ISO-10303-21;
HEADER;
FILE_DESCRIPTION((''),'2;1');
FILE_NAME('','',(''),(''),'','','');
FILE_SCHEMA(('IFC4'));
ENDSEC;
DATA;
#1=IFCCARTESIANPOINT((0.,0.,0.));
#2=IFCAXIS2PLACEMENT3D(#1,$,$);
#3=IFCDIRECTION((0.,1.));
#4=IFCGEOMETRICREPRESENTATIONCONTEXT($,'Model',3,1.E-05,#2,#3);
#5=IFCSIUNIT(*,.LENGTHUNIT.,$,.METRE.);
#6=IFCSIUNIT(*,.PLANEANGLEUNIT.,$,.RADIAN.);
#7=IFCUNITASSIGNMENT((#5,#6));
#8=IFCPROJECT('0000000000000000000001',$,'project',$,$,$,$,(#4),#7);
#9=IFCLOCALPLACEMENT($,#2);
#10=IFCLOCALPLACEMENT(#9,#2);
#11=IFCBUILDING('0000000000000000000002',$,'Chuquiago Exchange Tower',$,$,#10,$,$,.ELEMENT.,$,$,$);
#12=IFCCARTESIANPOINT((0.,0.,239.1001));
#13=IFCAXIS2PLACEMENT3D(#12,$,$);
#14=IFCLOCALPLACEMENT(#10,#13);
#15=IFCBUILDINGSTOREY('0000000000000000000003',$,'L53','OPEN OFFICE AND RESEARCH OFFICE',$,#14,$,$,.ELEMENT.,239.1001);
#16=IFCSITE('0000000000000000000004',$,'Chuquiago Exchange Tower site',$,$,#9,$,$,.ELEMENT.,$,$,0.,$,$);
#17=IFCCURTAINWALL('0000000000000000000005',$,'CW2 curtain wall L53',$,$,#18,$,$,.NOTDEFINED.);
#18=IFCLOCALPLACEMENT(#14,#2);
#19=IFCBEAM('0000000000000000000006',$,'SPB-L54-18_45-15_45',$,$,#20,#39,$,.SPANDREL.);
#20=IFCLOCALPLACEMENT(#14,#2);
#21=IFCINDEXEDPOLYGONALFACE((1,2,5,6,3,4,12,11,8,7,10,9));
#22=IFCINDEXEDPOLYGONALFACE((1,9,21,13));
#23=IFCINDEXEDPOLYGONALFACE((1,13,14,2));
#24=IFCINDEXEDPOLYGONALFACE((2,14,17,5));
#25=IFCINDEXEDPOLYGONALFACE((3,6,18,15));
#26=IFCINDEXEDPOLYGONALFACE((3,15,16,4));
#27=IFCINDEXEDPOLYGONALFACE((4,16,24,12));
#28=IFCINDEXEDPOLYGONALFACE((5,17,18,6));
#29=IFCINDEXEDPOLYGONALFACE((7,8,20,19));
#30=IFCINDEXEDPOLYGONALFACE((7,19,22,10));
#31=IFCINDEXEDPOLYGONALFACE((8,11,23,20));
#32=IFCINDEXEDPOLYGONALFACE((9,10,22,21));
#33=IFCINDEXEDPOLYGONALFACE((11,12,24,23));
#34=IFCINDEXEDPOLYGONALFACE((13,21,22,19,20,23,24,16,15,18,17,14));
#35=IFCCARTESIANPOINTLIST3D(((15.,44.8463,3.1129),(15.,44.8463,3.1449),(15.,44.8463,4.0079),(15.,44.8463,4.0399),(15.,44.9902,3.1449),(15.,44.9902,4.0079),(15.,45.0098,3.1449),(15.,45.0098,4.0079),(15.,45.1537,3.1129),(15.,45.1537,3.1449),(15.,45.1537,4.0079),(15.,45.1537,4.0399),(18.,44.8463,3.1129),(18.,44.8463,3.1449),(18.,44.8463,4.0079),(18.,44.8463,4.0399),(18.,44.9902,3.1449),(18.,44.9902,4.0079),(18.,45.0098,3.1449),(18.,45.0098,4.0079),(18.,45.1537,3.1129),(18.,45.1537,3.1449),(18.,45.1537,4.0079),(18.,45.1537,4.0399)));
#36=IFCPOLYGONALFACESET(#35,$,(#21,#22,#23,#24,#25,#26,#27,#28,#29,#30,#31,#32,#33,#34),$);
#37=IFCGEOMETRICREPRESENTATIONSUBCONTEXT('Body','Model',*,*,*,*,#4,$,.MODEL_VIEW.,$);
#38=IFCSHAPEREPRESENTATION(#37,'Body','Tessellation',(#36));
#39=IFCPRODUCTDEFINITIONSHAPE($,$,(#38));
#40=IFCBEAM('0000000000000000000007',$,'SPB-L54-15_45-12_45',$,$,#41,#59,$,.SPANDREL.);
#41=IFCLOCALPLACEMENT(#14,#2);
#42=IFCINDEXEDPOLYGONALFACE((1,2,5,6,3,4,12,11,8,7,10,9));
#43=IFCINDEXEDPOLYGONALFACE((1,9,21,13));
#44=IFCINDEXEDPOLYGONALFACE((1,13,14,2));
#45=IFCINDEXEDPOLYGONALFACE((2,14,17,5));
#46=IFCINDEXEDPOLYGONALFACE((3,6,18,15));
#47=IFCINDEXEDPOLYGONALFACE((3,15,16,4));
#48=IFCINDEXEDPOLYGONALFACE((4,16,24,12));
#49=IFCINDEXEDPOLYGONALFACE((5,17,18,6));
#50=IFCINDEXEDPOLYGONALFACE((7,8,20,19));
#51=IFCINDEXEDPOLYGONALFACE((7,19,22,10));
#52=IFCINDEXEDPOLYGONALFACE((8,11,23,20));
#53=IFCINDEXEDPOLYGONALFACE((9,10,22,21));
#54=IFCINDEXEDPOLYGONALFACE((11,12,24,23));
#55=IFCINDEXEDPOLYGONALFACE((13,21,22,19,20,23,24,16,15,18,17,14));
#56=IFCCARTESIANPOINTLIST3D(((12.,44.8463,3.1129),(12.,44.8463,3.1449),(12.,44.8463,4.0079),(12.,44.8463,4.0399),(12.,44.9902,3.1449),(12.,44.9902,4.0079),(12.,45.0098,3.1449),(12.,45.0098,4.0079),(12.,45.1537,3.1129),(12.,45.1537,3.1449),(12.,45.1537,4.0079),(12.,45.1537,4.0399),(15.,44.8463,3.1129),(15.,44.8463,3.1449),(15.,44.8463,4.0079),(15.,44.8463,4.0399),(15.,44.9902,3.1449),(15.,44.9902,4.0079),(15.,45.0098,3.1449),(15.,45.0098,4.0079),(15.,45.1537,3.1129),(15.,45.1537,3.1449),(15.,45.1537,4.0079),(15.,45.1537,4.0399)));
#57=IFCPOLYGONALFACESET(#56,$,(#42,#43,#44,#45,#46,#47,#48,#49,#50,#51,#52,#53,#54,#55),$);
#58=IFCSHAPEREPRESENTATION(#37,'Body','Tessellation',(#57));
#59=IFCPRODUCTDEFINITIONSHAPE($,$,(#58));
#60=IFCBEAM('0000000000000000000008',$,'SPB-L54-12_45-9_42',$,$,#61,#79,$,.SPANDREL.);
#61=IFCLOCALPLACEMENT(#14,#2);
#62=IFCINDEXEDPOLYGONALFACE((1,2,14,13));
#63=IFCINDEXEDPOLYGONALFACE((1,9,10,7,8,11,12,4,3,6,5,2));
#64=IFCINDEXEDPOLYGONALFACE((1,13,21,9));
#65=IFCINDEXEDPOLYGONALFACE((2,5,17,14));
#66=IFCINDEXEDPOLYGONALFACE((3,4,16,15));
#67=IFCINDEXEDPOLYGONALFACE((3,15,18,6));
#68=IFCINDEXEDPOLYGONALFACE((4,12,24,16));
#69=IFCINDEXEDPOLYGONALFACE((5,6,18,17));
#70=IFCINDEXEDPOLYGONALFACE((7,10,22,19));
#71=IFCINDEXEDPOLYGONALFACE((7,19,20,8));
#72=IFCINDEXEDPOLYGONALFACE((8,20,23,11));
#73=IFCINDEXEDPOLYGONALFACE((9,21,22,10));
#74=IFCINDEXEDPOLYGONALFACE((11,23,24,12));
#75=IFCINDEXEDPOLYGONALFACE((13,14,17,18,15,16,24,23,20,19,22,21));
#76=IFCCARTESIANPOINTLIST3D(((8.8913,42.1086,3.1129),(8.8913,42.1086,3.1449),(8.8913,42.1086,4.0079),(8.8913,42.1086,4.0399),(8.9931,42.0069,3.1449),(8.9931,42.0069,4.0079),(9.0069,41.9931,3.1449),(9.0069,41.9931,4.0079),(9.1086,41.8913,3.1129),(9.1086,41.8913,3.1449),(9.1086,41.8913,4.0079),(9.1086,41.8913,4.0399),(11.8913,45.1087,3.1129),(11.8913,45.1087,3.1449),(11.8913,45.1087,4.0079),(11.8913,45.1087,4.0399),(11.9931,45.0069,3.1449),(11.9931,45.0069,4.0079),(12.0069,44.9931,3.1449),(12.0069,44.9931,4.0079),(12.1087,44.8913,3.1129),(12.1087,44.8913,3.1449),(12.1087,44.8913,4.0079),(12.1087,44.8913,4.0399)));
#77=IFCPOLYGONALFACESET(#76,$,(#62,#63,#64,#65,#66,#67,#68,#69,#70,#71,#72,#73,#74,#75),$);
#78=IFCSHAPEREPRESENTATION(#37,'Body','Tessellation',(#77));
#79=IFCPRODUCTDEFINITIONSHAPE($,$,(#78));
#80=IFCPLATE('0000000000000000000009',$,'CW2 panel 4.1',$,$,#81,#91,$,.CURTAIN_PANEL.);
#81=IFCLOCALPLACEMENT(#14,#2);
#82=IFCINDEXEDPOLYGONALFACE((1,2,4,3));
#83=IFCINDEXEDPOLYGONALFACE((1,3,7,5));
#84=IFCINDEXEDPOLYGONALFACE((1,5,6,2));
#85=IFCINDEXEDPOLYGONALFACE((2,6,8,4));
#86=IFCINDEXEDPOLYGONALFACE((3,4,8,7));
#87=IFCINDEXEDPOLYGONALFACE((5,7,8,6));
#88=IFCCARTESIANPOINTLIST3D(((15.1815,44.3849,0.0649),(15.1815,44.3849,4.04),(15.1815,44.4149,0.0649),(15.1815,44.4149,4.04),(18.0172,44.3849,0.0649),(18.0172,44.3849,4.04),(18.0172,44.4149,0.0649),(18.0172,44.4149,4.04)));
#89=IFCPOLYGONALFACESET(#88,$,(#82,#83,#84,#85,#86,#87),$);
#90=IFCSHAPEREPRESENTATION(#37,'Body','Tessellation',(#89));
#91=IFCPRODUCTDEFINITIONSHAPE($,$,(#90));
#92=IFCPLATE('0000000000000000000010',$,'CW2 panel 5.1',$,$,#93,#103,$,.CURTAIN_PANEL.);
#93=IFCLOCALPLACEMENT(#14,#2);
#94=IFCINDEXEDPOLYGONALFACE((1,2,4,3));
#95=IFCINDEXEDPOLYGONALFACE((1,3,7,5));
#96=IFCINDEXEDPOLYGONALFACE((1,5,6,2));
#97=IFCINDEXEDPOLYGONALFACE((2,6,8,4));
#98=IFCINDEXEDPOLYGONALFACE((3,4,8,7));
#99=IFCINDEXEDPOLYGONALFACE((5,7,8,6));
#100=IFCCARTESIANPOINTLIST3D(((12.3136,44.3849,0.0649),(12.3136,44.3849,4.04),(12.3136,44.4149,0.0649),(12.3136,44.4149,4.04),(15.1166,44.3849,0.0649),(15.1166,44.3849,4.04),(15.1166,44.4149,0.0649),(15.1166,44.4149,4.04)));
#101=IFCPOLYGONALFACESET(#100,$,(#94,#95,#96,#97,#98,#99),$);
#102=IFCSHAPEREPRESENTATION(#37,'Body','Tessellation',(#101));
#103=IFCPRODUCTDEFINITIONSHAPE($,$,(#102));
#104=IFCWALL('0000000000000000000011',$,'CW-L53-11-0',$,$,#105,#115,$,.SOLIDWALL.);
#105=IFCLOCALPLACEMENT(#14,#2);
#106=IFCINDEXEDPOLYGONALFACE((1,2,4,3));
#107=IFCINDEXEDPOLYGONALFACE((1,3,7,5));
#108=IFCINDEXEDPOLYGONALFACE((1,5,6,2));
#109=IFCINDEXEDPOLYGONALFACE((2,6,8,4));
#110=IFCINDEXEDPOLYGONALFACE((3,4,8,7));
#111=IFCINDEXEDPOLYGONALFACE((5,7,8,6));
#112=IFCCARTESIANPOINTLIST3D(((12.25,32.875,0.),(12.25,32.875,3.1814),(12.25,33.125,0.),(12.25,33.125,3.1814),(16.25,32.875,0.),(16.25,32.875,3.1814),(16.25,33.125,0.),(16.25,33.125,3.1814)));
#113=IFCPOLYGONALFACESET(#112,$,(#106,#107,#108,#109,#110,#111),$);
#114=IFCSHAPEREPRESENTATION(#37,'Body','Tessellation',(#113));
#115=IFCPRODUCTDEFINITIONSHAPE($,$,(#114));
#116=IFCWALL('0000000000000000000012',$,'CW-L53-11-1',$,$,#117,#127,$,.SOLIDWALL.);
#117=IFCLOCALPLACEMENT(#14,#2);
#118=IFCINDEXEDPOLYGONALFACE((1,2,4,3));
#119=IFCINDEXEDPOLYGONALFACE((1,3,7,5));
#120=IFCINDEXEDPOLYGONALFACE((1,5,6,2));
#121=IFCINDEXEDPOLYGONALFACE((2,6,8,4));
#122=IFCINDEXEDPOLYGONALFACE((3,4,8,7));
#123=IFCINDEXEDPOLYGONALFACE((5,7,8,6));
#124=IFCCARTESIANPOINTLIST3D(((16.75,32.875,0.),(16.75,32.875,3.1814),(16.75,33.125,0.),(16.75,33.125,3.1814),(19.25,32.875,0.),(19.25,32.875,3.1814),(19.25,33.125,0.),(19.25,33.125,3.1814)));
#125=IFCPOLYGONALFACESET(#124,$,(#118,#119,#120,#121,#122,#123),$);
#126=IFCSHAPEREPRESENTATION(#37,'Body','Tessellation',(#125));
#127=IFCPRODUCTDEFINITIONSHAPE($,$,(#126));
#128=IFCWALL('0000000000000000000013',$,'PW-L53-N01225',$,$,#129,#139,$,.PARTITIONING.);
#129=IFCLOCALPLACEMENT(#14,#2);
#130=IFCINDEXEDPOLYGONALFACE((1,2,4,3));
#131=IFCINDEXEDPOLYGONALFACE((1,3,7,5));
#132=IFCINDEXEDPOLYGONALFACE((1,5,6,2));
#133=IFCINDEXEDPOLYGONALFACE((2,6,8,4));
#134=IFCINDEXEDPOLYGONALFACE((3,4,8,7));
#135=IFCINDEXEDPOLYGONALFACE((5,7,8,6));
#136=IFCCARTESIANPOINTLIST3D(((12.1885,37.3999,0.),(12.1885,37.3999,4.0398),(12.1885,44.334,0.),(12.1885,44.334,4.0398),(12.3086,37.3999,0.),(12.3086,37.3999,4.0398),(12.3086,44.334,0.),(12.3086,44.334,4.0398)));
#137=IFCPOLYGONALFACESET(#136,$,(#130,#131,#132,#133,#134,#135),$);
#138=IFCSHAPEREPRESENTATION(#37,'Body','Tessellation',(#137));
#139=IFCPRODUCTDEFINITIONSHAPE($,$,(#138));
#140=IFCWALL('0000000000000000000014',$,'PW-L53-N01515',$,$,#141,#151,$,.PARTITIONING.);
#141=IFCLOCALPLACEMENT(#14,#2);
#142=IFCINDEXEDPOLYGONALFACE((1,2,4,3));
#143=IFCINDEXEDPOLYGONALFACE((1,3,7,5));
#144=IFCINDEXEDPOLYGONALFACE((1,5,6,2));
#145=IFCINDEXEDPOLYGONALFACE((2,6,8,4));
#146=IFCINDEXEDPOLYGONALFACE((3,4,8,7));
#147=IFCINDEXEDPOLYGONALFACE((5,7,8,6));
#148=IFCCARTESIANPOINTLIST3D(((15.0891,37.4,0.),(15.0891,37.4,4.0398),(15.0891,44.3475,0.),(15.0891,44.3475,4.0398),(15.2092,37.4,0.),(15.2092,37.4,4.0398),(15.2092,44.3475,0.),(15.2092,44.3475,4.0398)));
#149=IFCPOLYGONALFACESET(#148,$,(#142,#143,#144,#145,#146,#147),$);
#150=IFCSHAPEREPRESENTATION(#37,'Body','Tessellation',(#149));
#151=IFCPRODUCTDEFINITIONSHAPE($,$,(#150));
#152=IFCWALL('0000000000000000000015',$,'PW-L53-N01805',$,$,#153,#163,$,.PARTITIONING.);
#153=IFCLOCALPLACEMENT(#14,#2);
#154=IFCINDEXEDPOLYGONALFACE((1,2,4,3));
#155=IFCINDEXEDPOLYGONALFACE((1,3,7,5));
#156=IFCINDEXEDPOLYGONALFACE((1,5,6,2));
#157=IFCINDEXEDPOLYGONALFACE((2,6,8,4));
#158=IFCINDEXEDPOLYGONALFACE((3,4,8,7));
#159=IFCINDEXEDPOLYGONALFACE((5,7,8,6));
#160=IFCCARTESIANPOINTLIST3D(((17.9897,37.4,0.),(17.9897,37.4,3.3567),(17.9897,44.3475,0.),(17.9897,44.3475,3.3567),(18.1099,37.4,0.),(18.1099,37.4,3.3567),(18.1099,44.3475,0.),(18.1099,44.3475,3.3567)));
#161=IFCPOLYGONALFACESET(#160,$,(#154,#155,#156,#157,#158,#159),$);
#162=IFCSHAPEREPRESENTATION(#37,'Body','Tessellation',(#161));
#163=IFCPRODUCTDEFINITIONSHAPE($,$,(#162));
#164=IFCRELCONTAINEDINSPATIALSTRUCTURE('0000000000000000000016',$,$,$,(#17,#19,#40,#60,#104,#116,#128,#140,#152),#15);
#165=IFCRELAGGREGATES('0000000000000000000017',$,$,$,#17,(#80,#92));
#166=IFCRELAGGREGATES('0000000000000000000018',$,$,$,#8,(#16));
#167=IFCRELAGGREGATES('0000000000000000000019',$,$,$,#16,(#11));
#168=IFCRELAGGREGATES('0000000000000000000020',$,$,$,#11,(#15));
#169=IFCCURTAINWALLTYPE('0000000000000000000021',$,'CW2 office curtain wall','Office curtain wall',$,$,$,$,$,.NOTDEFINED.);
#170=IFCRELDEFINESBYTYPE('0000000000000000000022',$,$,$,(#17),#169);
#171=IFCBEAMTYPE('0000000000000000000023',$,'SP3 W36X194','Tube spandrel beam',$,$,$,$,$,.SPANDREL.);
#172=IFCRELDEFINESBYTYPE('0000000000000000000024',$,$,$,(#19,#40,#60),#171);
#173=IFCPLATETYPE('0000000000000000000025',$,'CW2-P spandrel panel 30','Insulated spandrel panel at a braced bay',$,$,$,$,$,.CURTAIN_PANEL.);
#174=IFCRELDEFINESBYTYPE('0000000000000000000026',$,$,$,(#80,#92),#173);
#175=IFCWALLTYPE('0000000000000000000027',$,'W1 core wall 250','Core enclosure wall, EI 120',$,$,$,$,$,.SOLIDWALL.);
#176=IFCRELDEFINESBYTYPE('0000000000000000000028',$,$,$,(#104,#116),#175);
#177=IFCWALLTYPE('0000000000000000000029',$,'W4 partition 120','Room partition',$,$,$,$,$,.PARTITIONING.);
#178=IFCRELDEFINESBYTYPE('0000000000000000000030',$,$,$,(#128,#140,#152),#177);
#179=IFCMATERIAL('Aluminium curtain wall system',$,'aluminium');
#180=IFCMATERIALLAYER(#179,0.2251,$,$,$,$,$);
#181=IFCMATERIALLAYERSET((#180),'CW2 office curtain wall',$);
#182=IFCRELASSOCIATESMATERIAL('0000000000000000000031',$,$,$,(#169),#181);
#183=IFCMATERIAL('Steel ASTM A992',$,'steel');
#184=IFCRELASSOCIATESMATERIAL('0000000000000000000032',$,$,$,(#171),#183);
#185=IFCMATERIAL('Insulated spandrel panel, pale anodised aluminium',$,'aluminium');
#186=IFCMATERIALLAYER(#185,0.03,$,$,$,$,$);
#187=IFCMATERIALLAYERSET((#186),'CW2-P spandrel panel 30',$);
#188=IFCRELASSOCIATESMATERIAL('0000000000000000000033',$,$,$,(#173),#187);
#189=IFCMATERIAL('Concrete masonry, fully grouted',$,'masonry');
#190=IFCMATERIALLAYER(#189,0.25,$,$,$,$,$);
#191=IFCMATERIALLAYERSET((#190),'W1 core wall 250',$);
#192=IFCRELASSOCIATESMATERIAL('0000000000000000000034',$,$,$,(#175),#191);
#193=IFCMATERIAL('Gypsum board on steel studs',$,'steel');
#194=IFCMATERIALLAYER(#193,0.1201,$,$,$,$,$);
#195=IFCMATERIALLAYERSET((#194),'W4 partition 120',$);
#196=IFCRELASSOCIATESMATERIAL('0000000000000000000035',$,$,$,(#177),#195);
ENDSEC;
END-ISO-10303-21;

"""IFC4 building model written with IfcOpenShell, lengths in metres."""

from ifc_helpers import new_model, si_unit, direction, frame, frame_2d, origin, origin_2d, place, context, subcontext, project, spatial, rectangle, i_section, extrude, material, layer, layer_set, material_profile, profile_set, type_object, element, aggregate, save


model = new_model("IFC4")

# Units and contexts
model_context = context("Model", 3, precision=1e-05, world=origin(), true_north=direction((0.0, 1.0)))
body_context = subcontext(model_context, "Body", "Model", "MODEL_VIEW")
ifc_project = project(units=[si_unit("LENGTHUNIT", "METRE"), si_unit("PLANEANGLEUNIT", "RADIAN")], contexts=[model_context])

# Site, building, storey
site_placement = place(None, origin())
site = spatial("IfcSite", under=ifc_project, at=site_placement, Name="Chuquiago Exchange Tower site", CompositionType="ELEMENT", RefElevation=0.0)
building_placement = place(site_placement, origin())
building = spatial("IfcBuilding", under=site, at=building_placement, Name="Chuquiago Exchange Tower", CompositionType="ELEMENT")
storey_placement = place(building_placement, frame((0.0, 0.0, 239.1001)))
storey = spatial("IfcBuildingStorey", under=building, at=storey_placement, Name="L53", Description="OPEN OFFICE AND RESEARCH OFFICE", CompositionType="ELEMENT", Elevation=239.1001)

# Curtain wall
ifc_material_1 = material(Name="Aluminium curtain wall system", Category="aluminium")
ifc_layer_1 = layer(ifc_material_1, 0.2251)
ifc_layer_set_1 = layer_set([ifc_layer_1], Name="CW2 office curtain wall")
curtain_wall_type_1 = type_object("IfcCurtainWallType", Name="CW2 office curtain wall", Description="Office curtain wall", PredefinedType="NOTDEFINED", material=ifc_layer_set_1)
curtain_wall_1_placement = place(storey_placement, origin())
curtain_wall_1 = element("IfcCurtainWall", 1, at=curtain_wall_1_placement, inside=storey, type_object=curtain_wall_type_1, Name="CW2 curtain wall L53", PredefinedType="NOTDEFINED")

# Beams
ifc_material_2 = material(Name="Steel ASTM A992", Category="steel")
ifc_material_profile_1 = material_profile(ifc_material_2, i_section(OverallWidth=0.3074, OverallDepth=0.927, WebThickness=0.0195, FlangeThickness=0.032, at=origin_2d()), Name="W36X194")
ifc_profile_set_1 = profile_set([ifc_material_profile_1], Name="Steel ASTM A992")
beam_type_1 = type_object("IfcBeamType", Name="SP3 W36X194", Description="Tube spandrel beam", PredefinedType="SPANDREL", material=ifc_profile_set_1)
for number, where, z_axis, x_axis, name in (
    (2, (18.0, 45.0, 3.5764), (-1.0, 0.0, 0.0), (0.0, -1.0, 0.0), "SPB-L54-18_45-15_45"),
    (3, (15.0, 45.0, 3.5764), (-1.0, 0.0, 0.0), (0.0, -1.0, 0.0), "SPB-L54-15_45-12_45"),
):
    element("IfcBeam", number, at=place(storey_placement, frame(where, z_axis=z_axis, x_axis=x_axis)), inside=storey, type_object=beam_type_1, Name=name, PredefinedType="SPANDREL", context=body_context, shape_type="SweptSolid", body=[
        extrude(i_section(OverallWidth=0.3074, OverallDepth=0.927, WebThickness=0.0195, FlangeThickness=0.032, at=origin_2d()), origin(), (0.0, 0.0, 1.0), 3.0),
    ])
beam_1_placement = place(storey_placement, frame((12.0, 45.0, 3.5764), z_axis=(-0.707107, -0.707107, 0.0), x_axis=(0.707107, -0.707107, 0.0)))
element("IfcBeam", 4, at=beam_1_placement, inside=storey, type_object=beam_type_1, Name="SPB-L54-12_45-9_42", PredefinedType="SPANDREL", context=body_context, shape_type="SweptSolid", body=[
    extrude(i_section(OverallWidth=0.3074, OverallDepth=0.927, WebThickness=0.0195, FlangeThickness=0.032, at=origin_2d()), origin(), (0.0, 0.0, 1.0), 4.2427),
])

# Plates
ifc_material_3 = material(Name="Insulated spandrel panel, pale anodised aluminium", Category="aluminium")
ifc_layer_2 = layer(ifc_material_3, 0.03)
ifc_layer_set_2 = layer_set([ifc_layer_2], Name="CW2-P spandrel panel 30")
plate_type = type_object("IfcPlateType", Name="CW2-P spandrel panel 30", Description="Insulated spandrel panel at a braced bay", PredefinedType="CURTAIN_PANEL", material=ifc_layer_set_2)
plate_1_placement = place(storey_placement, frame((16.5994, 44.3999, 0.0649), z_axis=(0.0, 0.0, 1.0), x_axis=(-1.0, 0.0, 0.0)))
plate_1 = element("IfcPlate", 5, at=plate_1_placement, type_object=plate_type, Name="CW2 panel 4.1", PredefinedType="CURTAIN_PANEL", context=body_context, shape_type="SweptSolid", body=[
    extrude(rectangle(XDim=2.8357, YDim=0.03, at=origin_2d()), origin(), (0.0, 0.0, 1.0), 3.9751),
])
plate_2_placement = place(storey_placement, frame((13.7151, 44.3999, 0.0649), z_axis=(0.0, 0.0, 1.0), x_axis=(-1.0, 0.0, 0.0)))
plate_2 = element("IfcPlate", 6, at=plate_2_placement, type_object=plate_type, Name="CW2 panel 5.1", PredefinedType="CURTAIN_PANEL", context=body_context, shape_type="SweptSolid", body=[
    extrude(rectangle(XDim=2.803, YDim=0.03, at=origin_2d()), origin(), (0.0, 0.0, 1.0), 3.9751),
])
aggregate(curtain_wall_1, [plate_1, plate_2])

# Walls
ifc_material_4 = material(Name="Concrete masonry, fully grouted", Category="masonry")
ifc_layer_3 = layer(ifc_material_4, 0.25)
ifc_layer_set_3 = layer_set([ifc_layer_3], Name="W1 core wall 250")
wall_type_1 = type_object("IfcWallType", Name="W1 core wall 250", Description="Core enclosure wall, EI 120", PredefinedType="SOLIDWALL", material=ifc_layer_set_3)
wall_1_placement = place(storey_placement, frame((12.25, 33.0, 0.0), z_axis=(0.0, 0.0, 1.0), x_axis=(1.0, 0.0, 0.0)))
element("IfcWall", 7, at=wall_1_placement, inside=storey, type_object=wall_type_1, Name="CW-L53-11-0", PredefinedType="SOLIDWALL", context=body_context, shape_type="SweptSolid", body=[
    extrude(rectangle(XDim=4.0, YDim=0.25, at=frame_2d((2.0, 0.0))), origin(), (0.0, 0.0, 1.0), 3.1814),
])
wall_2_placement = place(storey_placement, frame((16.75, 33.0, 0.0), z_axis=(0.0, 0.0, 1.0), x_axis=(1.0, 0.0, 0.0)))
element("IfcWall", 8, at=wall_2_placement, inside=storey, type_object=wall_type_1, Name="CW-L53-11-1", PredefinedType="SOLIDWALL", context=body_context, shape_type="SweptSolid", body=[
    extrude(rectangle(XDim=2.5, YDim=0.25, at=frame_2d((1.25, 0.0))), origin(), (0.0, 0.0, 1.0), 3.1814),
])
ifc_material_5 = material(Name="Gypsum board on steel studs", Category="steel")
ifc_layer_4 = layer(ifc_material_5, 0.1201)
ifc_layer_set_4 = layer_set([ifc_layer_4], Name="W4 partition 120")
wall_type_2 = type_object("IfcWallType", Name="W4 partition 120", Description="Room partition", PredefinedType="PARTITIONING", material=ifc_layer_set_4)
wall_3_placement = place(storey_placement, frame((12.2485, 44.334, 0.0), z_axis=(0.0, 0.0, 1.0), x_axis=(0.0, -1.0, 0.0)))
element("IfcWall", 9, at=wall_3_placement, inside=storey, type_object=wall_type_2, Name="PW-L53-N01225", PredefinedType="PARTITIONING", context=body_context, shape_type="SweptSolid", body=[
    extrude(rectangle(XDim=6.9341, YDim=0.1201, at=frame_2d((3.467, 0.0))), origin(), (0.0, 0.0, 1.0), 4.0398),
])
wall_4_placement = place(storey_placement, frame((15.1492, 44.3474, 0.0), z_axis=(0.0, 0.0, 1.0), x_axis=(0.0, -1.0, 0.0)))
element("IfcWall", 10, at=wall_4_placement, inside=storey, type_object=wall_type_2, Name="PW-L53-N01515", PredefinedType="PARTITIONING", context=body_context, shape_type="SweptSolid", body=[
    extrude(rectangle(XDim=6.9475, YDim=0.1201, at=frame_2d((3.4736, 0.0))), origin(), (0.0, 0.0, 1.0), 4.0398),
])
wall_5_placement = place(storey_placement, frame((18.0498, 44.3474, 0.0), z_axis=(0.0, 0.0, 1.0), x_axis=(0.0, -1.0, 0.0)))
element("IfcWall", 11, at=wall_5_placement, inside=storey, type_object=wall_type_2, Name="PW-L53-N01805", PredefinedType="PARTITIONING", context=body_context, shape_type="SweptSolid", body=[
    extrude(rectangle(XDim=6.9475, YDim=0.1201, at=frame_2d((3.4736, 0.0))), origin(), (0.0, 0.0, 1.0), 3.3567),
])

save(model, "model.ifc")
